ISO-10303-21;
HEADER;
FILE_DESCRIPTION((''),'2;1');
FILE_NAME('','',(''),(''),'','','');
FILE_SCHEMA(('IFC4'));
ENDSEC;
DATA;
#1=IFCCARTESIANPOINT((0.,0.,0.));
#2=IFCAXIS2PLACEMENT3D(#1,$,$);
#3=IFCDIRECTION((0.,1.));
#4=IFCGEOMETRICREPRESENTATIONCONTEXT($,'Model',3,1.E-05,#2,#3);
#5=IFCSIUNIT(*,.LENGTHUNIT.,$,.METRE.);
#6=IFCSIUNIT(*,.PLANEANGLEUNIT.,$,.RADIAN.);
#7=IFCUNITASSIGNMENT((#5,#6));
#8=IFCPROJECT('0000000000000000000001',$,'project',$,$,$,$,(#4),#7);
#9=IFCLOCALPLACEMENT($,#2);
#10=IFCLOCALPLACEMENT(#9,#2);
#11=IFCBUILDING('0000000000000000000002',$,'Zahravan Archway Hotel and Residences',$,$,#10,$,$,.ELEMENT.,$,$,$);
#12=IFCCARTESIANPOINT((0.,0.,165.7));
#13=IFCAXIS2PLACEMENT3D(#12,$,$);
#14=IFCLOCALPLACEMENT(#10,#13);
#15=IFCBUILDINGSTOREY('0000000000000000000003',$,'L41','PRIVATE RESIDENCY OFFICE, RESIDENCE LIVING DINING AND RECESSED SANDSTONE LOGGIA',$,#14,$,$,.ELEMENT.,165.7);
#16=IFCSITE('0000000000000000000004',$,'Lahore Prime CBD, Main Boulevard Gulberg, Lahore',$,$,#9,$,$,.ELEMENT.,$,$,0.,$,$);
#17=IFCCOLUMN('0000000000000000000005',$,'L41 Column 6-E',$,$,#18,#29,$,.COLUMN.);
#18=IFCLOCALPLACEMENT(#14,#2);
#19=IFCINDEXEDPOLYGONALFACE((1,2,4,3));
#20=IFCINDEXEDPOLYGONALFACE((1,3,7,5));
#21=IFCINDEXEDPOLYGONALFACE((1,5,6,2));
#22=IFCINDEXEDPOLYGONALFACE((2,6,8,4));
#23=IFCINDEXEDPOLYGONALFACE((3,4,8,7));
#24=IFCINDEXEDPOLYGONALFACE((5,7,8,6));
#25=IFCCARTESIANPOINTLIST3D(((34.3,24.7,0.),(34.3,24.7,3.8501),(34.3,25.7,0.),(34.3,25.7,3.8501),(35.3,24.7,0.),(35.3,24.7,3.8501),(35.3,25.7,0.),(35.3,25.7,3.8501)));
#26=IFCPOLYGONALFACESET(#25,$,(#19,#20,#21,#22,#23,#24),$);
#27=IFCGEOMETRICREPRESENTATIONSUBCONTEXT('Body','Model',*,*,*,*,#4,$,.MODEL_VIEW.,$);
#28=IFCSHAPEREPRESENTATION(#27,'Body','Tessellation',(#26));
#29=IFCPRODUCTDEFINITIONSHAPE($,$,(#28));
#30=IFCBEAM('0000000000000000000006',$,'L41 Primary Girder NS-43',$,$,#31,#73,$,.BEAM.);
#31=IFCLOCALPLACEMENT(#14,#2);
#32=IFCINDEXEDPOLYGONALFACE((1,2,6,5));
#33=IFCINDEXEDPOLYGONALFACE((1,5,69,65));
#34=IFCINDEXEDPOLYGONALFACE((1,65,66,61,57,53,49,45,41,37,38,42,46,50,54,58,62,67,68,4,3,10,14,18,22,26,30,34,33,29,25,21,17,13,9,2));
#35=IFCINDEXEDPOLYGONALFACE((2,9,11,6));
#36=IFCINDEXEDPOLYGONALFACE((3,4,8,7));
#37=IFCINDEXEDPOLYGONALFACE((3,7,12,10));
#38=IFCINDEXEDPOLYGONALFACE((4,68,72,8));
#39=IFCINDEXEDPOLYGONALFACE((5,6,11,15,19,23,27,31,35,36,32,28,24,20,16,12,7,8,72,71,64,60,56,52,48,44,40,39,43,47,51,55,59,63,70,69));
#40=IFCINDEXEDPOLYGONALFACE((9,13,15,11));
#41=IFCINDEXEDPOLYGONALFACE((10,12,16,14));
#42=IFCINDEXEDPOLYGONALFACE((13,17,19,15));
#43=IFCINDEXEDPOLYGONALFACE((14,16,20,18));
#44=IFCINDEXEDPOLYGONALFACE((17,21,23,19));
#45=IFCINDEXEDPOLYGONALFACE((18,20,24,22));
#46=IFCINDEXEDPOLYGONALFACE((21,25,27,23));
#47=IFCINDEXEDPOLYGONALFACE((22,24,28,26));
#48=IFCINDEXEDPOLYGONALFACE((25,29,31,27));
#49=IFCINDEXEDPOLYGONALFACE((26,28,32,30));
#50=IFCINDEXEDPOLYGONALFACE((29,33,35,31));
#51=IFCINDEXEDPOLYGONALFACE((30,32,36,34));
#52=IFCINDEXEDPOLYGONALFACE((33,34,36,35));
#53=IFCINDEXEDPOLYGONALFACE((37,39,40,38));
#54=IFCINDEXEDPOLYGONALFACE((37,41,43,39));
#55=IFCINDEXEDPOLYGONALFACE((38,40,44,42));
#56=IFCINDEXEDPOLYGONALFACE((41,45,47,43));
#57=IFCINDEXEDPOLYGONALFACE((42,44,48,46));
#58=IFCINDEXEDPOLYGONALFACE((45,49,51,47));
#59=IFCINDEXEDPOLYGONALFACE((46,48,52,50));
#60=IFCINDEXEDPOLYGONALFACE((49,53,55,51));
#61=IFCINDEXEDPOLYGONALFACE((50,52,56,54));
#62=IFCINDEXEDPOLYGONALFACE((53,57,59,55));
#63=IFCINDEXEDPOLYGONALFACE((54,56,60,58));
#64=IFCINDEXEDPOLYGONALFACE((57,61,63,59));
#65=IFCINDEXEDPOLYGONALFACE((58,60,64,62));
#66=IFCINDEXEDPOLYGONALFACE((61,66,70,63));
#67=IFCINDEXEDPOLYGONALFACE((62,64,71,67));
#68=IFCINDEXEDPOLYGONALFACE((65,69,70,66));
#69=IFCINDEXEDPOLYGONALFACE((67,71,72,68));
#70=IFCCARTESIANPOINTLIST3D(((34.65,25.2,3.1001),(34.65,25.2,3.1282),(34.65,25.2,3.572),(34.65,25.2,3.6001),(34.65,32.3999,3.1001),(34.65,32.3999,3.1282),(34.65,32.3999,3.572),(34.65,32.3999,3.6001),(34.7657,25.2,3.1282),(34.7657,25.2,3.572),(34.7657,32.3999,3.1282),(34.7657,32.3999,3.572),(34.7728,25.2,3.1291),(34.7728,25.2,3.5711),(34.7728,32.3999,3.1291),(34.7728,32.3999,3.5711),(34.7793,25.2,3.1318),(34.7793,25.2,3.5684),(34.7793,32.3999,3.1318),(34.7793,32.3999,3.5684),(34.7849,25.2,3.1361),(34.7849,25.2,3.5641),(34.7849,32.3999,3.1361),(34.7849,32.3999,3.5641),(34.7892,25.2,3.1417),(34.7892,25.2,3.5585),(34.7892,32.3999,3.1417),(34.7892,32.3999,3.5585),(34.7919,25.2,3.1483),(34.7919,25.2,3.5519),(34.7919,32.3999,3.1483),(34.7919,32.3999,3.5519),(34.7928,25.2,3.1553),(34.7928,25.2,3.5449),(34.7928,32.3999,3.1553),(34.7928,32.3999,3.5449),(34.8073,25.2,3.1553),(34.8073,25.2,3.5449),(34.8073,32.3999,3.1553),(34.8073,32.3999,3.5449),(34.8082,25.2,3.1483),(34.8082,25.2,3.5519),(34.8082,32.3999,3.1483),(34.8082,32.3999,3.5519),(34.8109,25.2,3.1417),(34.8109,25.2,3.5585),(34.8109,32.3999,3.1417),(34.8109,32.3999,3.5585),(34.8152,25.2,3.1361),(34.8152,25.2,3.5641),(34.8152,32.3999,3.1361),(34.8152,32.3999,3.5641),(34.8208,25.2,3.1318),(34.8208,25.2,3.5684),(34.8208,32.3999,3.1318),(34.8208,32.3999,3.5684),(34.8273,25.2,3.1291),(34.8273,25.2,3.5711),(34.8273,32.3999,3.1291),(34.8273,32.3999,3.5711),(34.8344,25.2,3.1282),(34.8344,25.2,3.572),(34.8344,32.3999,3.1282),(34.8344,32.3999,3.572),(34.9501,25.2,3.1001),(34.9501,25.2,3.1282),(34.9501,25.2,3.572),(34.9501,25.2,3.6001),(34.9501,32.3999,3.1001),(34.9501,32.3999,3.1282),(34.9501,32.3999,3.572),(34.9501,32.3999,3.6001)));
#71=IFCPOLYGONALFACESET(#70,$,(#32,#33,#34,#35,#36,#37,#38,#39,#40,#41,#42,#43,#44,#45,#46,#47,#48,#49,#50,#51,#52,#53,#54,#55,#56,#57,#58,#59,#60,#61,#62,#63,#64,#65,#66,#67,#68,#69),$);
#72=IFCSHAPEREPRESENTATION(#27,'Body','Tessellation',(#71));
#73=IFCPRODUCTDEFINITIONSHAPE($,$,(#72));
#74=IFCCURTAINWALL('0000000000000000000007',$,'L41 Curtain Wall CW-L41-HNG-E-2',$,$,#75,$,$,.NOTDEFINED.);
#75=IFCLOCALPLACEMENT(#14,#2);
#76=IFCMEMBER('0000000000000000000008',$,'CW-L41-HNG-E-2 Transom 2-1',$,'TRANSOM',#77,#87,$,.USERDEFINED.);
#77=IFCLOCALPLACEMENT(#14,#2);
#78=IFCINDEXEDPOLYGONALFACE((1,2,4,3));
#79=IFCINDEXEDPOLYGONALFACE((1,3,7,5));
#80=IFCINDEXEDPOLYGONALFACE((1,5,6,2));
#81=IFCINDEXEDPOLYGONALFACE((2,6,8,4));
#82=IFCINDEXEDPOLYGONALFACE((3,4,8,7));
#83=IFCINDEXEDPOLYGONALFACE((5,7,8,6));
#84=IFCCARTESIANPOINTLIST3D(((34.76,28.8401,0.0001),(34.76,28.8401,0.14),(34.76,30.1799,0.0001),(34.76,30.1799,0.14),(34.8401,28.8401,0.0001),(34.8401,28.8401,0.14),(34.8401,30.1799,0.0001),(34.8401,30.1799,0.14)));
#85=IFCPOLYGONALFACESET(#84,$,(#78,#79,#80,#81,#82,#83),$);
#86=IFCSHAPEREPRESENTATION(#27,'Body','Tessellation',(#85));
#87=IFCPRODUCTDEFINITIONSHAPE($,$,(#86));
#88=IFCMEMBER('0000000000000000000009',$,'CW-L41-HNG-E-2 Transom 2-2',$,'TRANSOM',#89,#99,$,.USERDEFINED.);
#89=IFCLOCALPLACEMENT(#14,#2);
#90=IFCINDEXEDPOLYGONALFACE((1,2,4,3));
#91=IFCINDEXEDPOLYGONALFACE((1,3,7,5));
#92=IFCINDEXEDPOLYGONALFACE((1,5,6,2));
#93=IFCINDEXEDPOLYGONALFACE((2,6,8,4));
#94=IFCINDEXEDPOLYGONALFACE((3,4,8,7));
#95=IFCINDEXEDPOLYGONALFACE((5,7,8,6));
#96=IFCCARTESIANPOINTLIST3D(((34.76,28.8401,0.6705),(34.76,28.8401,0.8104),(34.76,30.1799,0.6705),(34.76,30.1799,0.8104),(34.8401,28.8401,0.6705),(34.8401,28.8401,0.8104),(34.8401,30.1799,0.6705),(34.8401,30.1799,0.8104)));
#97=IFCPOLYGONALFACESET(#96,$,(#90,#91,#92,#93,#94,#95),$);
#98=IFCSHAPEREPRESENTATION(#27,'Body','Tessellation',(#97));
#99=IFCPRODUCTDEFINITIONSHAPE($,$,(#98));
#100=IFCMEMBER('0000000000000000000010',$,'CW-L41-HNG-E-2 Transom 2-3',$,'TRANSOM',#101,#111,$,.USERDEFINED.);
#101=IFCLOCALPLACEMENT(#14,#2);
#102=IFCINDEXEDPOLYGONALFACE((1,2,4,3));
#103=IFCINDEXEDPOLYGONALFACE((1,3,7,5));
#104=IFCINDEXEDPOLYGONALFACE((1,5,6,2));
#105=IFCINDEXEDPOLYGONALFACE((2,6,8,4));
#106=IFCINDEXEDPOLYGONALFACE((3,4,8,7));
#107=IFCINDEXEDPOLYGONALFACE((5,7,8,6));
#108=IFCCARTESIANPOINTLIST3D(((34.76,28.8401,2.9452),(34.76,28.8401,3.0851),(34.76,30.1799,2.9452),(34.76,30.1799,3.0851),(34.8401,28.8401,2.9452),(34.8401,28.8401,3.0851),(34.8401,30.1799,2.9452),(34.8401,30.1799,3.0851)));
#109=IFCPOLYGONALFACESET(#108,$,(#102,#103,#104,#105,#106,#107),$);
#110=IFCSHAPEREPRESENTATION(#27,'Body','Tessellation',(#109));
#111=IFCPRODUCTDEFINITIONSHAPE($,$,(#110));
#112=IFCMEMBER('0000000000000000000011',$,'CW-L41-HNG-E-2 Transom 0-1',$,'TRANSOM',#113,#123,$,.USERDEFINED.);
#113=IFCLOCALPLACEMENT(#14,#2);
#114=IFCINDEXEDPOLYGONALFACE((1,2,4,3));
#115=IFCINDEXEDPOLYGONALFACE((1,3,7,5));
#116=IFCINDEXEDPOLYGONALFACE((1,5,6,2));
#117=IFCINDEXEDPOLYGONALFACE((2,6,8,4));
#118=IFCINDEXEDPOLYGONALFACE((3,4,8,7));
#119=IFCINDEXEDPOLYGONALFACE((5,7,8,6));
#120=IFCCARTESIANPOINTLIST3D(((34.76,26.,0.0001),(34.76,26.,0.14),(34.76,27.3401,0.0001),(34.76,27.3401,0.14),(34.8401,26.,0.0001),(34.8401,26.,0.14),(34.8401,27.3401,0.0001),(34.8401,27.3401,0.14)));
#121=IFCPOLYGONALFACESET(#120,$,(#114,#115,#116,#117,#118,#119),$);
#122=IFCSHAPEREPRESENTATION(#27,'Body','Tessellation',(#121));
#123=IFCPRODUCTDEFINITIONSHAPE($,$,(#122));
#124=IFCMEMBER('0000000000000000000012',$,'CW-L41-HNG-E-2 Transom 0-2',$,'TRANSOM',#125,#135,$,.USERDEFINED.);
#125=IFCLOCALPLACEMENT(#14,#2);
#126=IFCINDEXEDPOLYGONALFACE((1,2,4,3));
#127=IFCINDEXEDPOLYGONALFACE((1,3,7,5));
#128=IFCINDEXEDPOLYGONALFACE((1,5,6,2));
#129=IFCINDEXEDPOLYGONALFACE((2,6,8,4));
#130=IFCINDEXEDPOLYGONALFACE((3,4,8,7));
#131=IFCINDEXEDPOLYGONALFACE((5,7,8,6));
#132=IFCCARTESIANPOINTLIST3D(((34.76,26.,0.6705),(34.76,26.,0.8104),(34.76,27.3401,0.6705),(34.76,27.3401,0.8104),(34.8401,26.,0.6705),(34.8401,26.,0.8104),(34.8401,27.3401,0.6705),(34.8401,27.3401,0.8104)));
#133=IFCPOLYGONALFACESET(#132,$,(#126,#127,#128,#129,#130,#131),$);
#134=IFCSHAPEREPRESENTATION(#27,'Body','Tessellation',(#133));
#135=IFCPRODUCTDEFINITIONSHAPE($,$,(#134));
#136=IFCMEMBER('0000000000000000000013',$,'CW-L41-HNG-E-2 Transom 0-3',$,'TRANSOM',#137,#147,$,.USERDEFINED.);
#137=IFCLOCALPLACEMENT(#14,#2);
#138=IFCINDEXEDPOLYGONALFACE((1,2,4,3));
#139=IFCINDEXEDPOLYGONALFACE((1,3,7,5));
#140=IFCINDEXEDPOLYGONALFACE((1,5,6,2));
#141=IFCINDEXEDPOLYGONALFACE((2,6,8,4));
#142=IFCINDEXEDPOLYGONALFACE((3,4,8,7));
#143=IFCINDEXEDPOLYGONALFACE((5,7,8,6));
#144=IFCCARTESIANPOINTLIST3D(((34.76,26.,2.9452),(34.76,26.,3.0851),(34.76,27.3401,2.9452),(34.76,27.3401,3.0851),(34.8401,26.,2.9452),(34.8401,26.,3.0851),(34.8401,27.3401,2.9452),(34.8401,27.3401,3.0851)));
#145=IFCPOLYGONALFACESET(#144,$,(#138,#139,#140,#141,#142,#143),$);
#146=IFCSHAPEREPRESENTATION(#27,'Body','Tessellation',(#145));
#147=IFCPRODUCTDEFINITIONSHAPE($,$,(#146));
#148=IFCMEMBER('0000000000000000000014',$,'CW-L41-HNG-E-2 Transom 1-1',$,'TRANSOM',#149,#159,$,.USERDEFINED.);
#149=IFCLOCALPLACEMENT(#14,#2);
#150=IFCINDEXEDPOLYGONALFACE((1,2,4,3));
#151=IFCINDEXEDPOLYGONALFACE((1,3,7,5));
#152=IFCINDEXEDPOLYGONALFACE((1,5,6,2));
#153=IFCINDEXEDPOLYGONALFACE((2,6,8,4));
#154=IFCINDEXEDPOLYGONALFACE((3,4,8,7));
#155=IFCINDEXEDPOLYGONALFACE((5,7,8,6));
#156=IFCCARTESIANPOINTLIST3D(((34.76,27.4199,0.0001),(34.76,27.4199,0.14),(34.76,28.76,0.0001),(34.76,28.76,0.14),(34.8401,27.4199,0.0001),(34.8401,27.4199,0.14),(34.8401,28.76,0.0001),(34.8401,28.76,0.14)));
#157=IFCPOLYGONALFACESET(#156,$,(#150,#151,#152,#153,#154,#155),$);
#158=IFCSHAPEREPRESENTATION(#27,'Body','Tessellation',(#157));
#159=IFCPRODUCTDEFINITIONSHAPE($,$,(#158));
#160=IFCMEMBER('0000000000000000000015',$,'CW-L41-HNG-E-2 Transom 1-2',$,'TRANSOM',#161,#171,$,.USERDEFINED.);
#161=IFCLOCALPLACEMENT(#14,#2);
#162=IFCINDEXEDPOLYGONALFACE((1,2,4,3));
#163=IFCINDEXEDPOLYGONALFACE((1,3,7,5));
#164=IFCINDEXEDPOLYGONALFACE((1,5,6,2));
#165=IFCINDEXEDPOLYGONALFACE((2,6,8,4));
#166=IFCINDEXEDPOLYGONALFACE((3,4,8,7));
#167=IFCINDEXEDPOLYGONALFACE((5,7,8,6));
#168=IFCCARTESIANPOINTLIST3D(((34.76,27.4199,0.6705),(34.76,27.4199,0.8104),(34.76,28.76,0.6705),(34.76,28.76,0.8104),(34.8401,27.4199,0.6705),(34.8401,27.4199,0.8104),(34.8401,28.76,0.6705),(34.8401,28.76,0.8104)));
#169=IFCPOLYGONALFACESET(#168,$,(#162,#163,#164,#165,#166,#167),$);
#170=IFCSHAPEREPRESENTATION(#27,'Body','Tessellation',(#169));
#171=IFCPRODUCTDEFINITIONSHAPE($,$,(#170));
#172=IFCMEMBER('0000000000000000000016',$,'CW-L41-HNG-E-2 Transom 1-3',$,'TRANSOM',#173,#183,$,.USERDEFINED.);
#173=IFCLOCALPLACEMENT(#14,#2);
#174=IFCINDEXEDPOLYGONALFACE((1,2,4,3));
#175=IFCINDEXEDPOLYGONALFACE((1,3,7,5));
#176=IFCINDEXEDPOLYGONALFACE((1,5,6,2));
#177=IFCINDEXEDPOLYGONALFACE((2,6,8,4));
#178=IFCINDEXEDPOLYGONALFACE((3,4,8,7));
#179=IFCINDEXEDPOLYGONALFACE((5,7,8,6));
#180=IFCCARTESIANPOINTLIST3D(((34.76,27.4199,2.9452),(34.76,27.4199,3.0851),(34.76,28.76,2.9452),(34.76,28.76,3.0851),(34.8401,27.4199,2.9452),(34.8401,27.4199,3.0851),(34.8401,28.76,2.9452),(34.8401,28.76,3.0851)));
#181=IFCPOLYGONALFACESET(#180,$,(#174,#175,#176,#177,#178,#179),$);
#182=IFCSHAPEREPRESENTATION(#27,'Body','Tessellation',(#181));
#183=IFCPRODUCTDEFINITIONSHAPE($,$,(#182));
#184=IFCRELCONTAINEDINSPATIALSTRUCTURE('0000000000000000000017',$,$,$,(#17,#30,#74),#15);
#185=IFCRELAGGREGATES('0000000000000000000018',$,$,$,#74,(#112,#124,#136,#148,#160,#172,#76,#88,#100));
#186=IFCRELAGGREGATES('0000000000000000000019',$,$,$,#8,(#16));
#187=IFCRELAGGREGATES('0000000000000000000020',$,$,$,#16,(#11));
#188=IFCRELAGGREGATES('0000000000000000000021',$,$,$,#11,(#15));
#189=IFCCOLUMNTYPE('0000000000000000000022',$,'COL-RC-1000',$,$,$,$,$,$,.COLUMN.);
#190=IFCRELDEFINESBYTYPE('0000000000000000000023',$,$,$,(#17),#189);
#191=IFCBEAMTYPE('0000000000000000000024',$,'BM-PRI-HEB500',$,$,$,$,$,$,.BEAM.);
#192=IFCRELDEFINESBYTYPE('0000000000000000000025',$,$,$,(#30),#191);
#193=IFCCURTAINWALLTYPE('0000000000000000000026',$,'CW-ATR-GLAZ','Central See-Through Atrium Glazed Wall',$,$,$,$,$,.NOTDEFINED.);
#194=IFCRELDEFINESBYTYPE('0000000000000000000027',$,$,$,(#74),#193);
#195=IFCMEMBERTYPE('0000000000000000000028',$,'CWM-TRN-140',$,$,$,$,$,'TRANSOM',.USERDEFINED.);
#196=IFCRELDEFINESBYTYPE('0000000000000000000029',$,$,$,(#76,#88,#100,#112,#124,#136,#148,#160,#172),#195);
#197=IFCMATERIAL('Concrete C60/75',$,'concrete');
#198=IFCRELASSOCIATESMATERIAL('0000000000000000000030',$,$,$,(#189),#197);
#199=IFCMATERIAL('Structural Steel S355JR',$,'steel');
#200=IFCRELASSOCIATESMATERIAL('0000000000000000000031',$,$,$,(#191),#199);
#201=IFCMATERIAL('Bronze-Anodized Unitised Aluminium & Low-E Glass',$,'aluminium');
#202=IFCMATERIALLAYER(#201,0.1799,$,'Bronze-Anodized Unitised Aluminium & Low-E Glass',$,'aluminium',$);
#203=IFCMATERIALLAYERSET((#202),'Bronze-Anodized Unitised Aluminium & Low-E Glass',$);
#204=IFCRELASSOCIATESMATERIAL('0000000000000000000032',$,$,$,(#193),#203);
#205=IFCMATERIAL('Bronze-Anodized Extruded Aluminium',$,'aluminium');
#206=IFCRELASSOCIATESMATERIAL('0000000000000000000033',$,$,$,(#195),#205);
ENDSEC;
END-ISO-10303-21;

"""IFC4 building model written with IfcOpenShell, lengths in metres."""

from ifc_helpers import new_model, si_unit, direction, frame, origin, origin_2d, place, context, subcontext, project, spatial, rectangle, i_section, extrude, source, transform, mapped, material, layer, layer_set, material_profile, profile_set, type_object, element, aggregate, save


model = new_model("IFC4")

# Units and contexts
model_context = context("Model", 3, precision=1e-05, world=origin(), true_north=direction((0.0, 1.0)))
body_context = subcontext(model_context, "Body", "Model", "MODEL_VIEW")
ifc_project = project(units=[si_unit("LENGTHUNIT", "METRE"), si_unit("PLANEANGLEUNIT", "RADIAN")], contexts=[model_context])

# Site, building, storey
site_placement = place(None, origin())
site = spatial("IfcSite", under=ifc_project, at=site_placement, Name="Lahore Prime CBD, Main Boulevard Gulberg, Lahore", CompositionType="ELEMENT", RefElevation=0.0)
building_placement = place(site_placement, origin())
building = spatial("IfcBuilding", under=site, at=building_placement, Name="Zahravan Archway Hotel and Residences", CompositionType="ELEMENT")
storey_placement = place(building_placement, frame((0.0, 0.0, 165.7)))
storey = spatial("IfcBuildingStorey", under=building, at=storey_placement, Name="L41", Description="PRIVATE RESIDENCY OFFICE, RESIDENCE LIVING DINING AND RECESSED SANDSTONE LOGGIA", CompositionType="ELEMENT", Elevation=165.7)

# Column
ifc_material_1 = material(Name="Concrete C60/75", Category="concrete")
ifc_material_profile_1 = material_profile(ifc_material_1, rectangle(XDim=1.0, YDim=1.0, at=origin_2d()), Name="RC-COL-1000x1000", Category="concrete")
ifc_profile_set_1 = profile_set([ifc_material_profile_1], Name="Concrete C60/75")
column_type = type_object("IfcColumnType", Name="COL-RC-1000", PredefinedType="COLUMN", material=ifc_profile_set_1)
shared_shape_1 = source(origin(), body_context, "Body", "SweptSolid", [
    extrude(rectangle(XDim=1.0, YDim=1.0, at=origin_2d()), origin(), (0.0, 0.0, 1.0), 3.8501),
])
column_placement = place(storey_placement, frame((34.8, 25.2, 0.0), z_axis=(0.0, 0.0, 1.0), x_axis=(1.0, 0.0, 0.0)))
element("IfcColumn", 1, at=column_placement, inside=storey, type_object=column_type, Name="L41 Column 6-E", PredefinedType="COLUMN", context=body_context, shape_type="MappedRepresentation", body=[
    mapped(shared_shape_1, transform((0.0, 0.0, 0.0), scale=1.0)),
])

# Beam
ifc_material_2 = material(Name="Structural Steel S355JR", Category="steel")
ifc_material_profile_2 = material_profile(ifc_material_2, i_section(OverallWidth=0.3, OverallDepth=0.5, WebThickness=0.0144, FlangeThickness=0.0281, FilletRadius=0.0271, at=origin_2d()), Name="HEB 500", Category="steel")
ifc_profile_set_2 = profile_set([ifc_material_profile_2], Name="Structural Steel S355JR")
beam_type = type_object("IfcBeamType", Name="BM-PRI-HEB500", PredefinedType="BEAM", material=ifc_profile_set_2)
shared_shape_2 = source(origin(), body_context, "Body", "SweptSolid", [
    extrude(i_section(OverallWidth=0.3, OverallDepth=0.5, WebThickness=0.0144, FlangeThickness=0.0281, FilletRadius=0.0271, at=origin_2d()), origin(), (0.0, 0.0, 1.0), 7.2),
])
beam_placement = place(storey_placement, frame((34.8, 25.2, 3.3501), z_axis=(0.0, 1.0, 0.0), x_axis=(-1.0, 0.0, 0.0)))
element("IfcBeam", 2, at=beam_placement, inside=storey, type_object=beam_type, Name="L41 Primary Girder NS-43", PredefinedType="BEAM", context=body_context, shape_type="MappedRepresentation", body=[
    mapped(shared_shape_2, transform((0.0, 0.0, 0.0), scale=1.0)),
])

# Curtain wall, members
ifc_material_3 = material(Name="Bronze-Anodized Unitised Aluminium & Low-E Glass", Category="aluminium")
ifc_layer_1 = layer(ifc_material_3, 0.1799, Name="Bronze-Anodized Unitised Aluminium & Low-E Glass", Category="aluminium")
ifc_layer_set_1 = layer_set([ifc_layer_1], Name="Bronze-Anodized Unitised Aluminium & Low-E Glass")
curtain_wall_type = type_object("IfcCurtainWallType", Name="CW-ATR-GLAZ", Description="Central See-Through Atrium Glazed Wall", PredefinedType="NOTDEFINED", material=ifc_layer_set_1)
curtain_wall_1_placement = place(storey_placement, origin())
curtain_wall_1 = element("IfcCurtainWall", 3, at=curtain_wall_1_placement, inside=storey, type_object=curtain_wall_type, Name="L41 Curtain Wall CW-L41-HNG-E-2", PredefinedType="NOTDEFINED")
ifc_material_4 = material(Name="Bronze-Anodized Extruded Aluminium", Category="aluminium")
ifc_material_profile_3 = material_profile(ifc_material_4, rectangle(XDim=0.0801, YDim=0.1399, at=origin_2d()), Name="TRN 80x140", Category="aluminium")
ifc_profile_set_3 = profile_set([ifc_material_profile_3], Name="Bronze-Anodized Extruded Aluminium")
member_type_1 = type_object("IfcMemberType", Name="CWM-TRN-140", ElementType="TRANSOM", PredefinedType="USERDEFINED", material=ifc_profile_set_3)
shared_shape_3 = source(origin(), body_context, "Body", "SweptSolid", [
    extrude(rectangle(XDim=0.0801, YDim=0.1399, at=origin_2d()), origin(), (0.0, 0.0, 1.0), 1.3398),
])
member_1_placement = place(storey_placement, frame((34.8, 28.8401, 0.0701), z_axis=(0.0, 1.0, 0.0), x_axis=(-1.0, 0.0, 0.0)))
member_1 = element("IfcMember", 4, at=member_1_placement, type_object=member_type_1, Name="CW-L41-HNG-E-2 Transom 2-1", ObjectType="TRANSOM", PredefinedType="USERDEFINED", context=body_context, shape_type="MappedRepresentation", body=[
    mapped(shared_shape_3, transform((0.0, 0.0, 0.0), scale=1.0)),
])
member_2_placement = place(storey_placement, frame((34.8, 28.8401, 0.7405), z_axis=(0.0, 1.0, 0.0), x_axis=(-1.0, 0.0, 0.0)))
member_2 = element("IfcMember", 5, at=member_2_placement, type_object=member_type_1, Name="CW-L41-HNG-E-2 Transom 2-2", ObjectType="TRANSOM", PredefinedType="USERDEFINED", context=body_context, shape_type="MappedRepresentation", body=[
    mapped(shared_shape_3, transform((0.0, 0.0, 0.0), scale=1.0)),
])
member_3_placement = place(storey_placement, frame((34.8, 28.8401, 3.0151), z_axis=(0.0, 1.0, 0.0), x_axis=(-1.0, 0.0, 0.0)))
member_3 = element("IfcMember", 6, at=member_3_placement, type_object=member_type_1, Name="CW-L41-HNG-E-2 Transom 2-3", ObjectType="TRANSOM", PredefinedType="USERDEFINED", context=body_context, shape_type="MappedRepresentation", body=[
    mapped(shared_shape_3, transform((0.0, 0.0, 0.0), scale=1.0)),
])
shared_shape_4 = source(origin(), body_context, "Body", "SweptSolid", [
    extrude(rectangle(XDim=0.0801, YDim=0.1399, at=origin_2d()), origin(), (0.0, 0.0, 1.0), 1.3401),
])
member_4_placement = place(storey_placement, frame((34.8, 26.0, 0.0701), z_axis=(0.0, 1.0, 0.0), x_axis=(-1.0, 0.0, 0.0)))
member_4 = element("IfcMember", 7, at=member_4_placement, type_object=member_type_1, Name="CW-L41-HNG-E-2 Transom 0-1", ObjectType="TRANSOM", PredefinedType="USERDEFINED", context=body_context, shape_type="MappedRepresentation", body=[
    mapped(shared_shape_4, transform((0.0, 0.0, 0.0), scale=1.0)),
])
member_5_placement = place(storey_placement, frame((34.8, 26.0, 0.7405), z_axis=(0.0, 1.0, 0.0), x_axis=(-1.0, 0.0, 0.0)))
member_5 = element("IfcMember", 8, at=member_5_placement, type_object=member_type_1, Name="CW-L41-HNG-E-2 Transom 0-2", ObjectType="TRANSOM", PredefinedType="USERDEFINED", context=body_context, shape_type="MappedRepresentation", body=[
    mapped(shared_shape_4, transform((0.0, 0.0, 0.0), scale=1.0)),
])
member_6_placement = place(storey_placement, frame((34.8, 26.0, 3.0151), z_axis=(0.0, 1.0, 0.0), x_axis=(-1.0, 0.0, 0.0)))
member_6 = element("IfcMember", 9, at=member_6_placement, type_object=member_type_1, Name="CW-L41-HNG-E-2 Transom 0-3", ObjectType="TRANSOM", PredefinedType="USERDEFINED", context=body_context, shape_type="MappedRepresentation", body=[
    mapped(shared_shape_4, transform((0.0, 0.0, 0.0), scale=1.0)),
])
member_7_placement = place(storey_placement, frame((34.8, 27.4199, 0.0701), z_axis=(0.0, 1.0, 0.0), x_axis=(-1.0, 0.0, 0.0)))
member_7 = element("IfcMember", 10, at=member_7_placement, type_object=member_type_1, Name="CW-L41-HNG-E-2 Transom 1-1", ObjectType="TRANSOM", PredefinedType="USERDEFINED", context=body_context, shape_type="MappedRepresentation", body=[
    mapped(shared_shape_4, transform((0.0, 0.0, 0.0), scale=1.0)),
])
member_8_placement = place(storey_placement, frame((34.8, 27.4199, 0.7405), z_axis=(0.0, 1.0, 0.0), x_axis=(-1.0, 0.0, 0.0)))
member_8 = element("IfcMember", 11, at=member_8_placement, type_object=member_type_1, Name="CW-L41-HNG-E-2 Transom 1-2", ObjectType="TRANSOM", PredefinedType="USERDEFINED", context=body_context, shape_type="MappedRepresentation", body=[
    mapped(shared_shape_4, transform((0.0, 0.0, 0.0), scale=1.0)),
])
member_9_placement = place(storey_placement, frame((34.8, 27.4199, 3.0151), z_axis=(0.0, 1.0, 0.0), x_axis=(-1.0, 0.0, 0.0)))
member_9 = element("IfcMember", 12, at=member_9_placement, type_object=member_type_1, Name="CW-L41-HNG-E-2 Transom 1-3", ObjectType="TRANSOM", PredefinedType="USERDEFINED", context=body_context, shape_type="MappedRepresentation", body=[
    mapped(shared_shape_4, transform((0.0, 0.0, 0.0), scale=1.0)),
])

aggregate(curtain_wall_1, [member_4, member_5, member_6, member_7, member_8, member_9, member_1, member_2, member_3])

save(model, "model.ifc")
